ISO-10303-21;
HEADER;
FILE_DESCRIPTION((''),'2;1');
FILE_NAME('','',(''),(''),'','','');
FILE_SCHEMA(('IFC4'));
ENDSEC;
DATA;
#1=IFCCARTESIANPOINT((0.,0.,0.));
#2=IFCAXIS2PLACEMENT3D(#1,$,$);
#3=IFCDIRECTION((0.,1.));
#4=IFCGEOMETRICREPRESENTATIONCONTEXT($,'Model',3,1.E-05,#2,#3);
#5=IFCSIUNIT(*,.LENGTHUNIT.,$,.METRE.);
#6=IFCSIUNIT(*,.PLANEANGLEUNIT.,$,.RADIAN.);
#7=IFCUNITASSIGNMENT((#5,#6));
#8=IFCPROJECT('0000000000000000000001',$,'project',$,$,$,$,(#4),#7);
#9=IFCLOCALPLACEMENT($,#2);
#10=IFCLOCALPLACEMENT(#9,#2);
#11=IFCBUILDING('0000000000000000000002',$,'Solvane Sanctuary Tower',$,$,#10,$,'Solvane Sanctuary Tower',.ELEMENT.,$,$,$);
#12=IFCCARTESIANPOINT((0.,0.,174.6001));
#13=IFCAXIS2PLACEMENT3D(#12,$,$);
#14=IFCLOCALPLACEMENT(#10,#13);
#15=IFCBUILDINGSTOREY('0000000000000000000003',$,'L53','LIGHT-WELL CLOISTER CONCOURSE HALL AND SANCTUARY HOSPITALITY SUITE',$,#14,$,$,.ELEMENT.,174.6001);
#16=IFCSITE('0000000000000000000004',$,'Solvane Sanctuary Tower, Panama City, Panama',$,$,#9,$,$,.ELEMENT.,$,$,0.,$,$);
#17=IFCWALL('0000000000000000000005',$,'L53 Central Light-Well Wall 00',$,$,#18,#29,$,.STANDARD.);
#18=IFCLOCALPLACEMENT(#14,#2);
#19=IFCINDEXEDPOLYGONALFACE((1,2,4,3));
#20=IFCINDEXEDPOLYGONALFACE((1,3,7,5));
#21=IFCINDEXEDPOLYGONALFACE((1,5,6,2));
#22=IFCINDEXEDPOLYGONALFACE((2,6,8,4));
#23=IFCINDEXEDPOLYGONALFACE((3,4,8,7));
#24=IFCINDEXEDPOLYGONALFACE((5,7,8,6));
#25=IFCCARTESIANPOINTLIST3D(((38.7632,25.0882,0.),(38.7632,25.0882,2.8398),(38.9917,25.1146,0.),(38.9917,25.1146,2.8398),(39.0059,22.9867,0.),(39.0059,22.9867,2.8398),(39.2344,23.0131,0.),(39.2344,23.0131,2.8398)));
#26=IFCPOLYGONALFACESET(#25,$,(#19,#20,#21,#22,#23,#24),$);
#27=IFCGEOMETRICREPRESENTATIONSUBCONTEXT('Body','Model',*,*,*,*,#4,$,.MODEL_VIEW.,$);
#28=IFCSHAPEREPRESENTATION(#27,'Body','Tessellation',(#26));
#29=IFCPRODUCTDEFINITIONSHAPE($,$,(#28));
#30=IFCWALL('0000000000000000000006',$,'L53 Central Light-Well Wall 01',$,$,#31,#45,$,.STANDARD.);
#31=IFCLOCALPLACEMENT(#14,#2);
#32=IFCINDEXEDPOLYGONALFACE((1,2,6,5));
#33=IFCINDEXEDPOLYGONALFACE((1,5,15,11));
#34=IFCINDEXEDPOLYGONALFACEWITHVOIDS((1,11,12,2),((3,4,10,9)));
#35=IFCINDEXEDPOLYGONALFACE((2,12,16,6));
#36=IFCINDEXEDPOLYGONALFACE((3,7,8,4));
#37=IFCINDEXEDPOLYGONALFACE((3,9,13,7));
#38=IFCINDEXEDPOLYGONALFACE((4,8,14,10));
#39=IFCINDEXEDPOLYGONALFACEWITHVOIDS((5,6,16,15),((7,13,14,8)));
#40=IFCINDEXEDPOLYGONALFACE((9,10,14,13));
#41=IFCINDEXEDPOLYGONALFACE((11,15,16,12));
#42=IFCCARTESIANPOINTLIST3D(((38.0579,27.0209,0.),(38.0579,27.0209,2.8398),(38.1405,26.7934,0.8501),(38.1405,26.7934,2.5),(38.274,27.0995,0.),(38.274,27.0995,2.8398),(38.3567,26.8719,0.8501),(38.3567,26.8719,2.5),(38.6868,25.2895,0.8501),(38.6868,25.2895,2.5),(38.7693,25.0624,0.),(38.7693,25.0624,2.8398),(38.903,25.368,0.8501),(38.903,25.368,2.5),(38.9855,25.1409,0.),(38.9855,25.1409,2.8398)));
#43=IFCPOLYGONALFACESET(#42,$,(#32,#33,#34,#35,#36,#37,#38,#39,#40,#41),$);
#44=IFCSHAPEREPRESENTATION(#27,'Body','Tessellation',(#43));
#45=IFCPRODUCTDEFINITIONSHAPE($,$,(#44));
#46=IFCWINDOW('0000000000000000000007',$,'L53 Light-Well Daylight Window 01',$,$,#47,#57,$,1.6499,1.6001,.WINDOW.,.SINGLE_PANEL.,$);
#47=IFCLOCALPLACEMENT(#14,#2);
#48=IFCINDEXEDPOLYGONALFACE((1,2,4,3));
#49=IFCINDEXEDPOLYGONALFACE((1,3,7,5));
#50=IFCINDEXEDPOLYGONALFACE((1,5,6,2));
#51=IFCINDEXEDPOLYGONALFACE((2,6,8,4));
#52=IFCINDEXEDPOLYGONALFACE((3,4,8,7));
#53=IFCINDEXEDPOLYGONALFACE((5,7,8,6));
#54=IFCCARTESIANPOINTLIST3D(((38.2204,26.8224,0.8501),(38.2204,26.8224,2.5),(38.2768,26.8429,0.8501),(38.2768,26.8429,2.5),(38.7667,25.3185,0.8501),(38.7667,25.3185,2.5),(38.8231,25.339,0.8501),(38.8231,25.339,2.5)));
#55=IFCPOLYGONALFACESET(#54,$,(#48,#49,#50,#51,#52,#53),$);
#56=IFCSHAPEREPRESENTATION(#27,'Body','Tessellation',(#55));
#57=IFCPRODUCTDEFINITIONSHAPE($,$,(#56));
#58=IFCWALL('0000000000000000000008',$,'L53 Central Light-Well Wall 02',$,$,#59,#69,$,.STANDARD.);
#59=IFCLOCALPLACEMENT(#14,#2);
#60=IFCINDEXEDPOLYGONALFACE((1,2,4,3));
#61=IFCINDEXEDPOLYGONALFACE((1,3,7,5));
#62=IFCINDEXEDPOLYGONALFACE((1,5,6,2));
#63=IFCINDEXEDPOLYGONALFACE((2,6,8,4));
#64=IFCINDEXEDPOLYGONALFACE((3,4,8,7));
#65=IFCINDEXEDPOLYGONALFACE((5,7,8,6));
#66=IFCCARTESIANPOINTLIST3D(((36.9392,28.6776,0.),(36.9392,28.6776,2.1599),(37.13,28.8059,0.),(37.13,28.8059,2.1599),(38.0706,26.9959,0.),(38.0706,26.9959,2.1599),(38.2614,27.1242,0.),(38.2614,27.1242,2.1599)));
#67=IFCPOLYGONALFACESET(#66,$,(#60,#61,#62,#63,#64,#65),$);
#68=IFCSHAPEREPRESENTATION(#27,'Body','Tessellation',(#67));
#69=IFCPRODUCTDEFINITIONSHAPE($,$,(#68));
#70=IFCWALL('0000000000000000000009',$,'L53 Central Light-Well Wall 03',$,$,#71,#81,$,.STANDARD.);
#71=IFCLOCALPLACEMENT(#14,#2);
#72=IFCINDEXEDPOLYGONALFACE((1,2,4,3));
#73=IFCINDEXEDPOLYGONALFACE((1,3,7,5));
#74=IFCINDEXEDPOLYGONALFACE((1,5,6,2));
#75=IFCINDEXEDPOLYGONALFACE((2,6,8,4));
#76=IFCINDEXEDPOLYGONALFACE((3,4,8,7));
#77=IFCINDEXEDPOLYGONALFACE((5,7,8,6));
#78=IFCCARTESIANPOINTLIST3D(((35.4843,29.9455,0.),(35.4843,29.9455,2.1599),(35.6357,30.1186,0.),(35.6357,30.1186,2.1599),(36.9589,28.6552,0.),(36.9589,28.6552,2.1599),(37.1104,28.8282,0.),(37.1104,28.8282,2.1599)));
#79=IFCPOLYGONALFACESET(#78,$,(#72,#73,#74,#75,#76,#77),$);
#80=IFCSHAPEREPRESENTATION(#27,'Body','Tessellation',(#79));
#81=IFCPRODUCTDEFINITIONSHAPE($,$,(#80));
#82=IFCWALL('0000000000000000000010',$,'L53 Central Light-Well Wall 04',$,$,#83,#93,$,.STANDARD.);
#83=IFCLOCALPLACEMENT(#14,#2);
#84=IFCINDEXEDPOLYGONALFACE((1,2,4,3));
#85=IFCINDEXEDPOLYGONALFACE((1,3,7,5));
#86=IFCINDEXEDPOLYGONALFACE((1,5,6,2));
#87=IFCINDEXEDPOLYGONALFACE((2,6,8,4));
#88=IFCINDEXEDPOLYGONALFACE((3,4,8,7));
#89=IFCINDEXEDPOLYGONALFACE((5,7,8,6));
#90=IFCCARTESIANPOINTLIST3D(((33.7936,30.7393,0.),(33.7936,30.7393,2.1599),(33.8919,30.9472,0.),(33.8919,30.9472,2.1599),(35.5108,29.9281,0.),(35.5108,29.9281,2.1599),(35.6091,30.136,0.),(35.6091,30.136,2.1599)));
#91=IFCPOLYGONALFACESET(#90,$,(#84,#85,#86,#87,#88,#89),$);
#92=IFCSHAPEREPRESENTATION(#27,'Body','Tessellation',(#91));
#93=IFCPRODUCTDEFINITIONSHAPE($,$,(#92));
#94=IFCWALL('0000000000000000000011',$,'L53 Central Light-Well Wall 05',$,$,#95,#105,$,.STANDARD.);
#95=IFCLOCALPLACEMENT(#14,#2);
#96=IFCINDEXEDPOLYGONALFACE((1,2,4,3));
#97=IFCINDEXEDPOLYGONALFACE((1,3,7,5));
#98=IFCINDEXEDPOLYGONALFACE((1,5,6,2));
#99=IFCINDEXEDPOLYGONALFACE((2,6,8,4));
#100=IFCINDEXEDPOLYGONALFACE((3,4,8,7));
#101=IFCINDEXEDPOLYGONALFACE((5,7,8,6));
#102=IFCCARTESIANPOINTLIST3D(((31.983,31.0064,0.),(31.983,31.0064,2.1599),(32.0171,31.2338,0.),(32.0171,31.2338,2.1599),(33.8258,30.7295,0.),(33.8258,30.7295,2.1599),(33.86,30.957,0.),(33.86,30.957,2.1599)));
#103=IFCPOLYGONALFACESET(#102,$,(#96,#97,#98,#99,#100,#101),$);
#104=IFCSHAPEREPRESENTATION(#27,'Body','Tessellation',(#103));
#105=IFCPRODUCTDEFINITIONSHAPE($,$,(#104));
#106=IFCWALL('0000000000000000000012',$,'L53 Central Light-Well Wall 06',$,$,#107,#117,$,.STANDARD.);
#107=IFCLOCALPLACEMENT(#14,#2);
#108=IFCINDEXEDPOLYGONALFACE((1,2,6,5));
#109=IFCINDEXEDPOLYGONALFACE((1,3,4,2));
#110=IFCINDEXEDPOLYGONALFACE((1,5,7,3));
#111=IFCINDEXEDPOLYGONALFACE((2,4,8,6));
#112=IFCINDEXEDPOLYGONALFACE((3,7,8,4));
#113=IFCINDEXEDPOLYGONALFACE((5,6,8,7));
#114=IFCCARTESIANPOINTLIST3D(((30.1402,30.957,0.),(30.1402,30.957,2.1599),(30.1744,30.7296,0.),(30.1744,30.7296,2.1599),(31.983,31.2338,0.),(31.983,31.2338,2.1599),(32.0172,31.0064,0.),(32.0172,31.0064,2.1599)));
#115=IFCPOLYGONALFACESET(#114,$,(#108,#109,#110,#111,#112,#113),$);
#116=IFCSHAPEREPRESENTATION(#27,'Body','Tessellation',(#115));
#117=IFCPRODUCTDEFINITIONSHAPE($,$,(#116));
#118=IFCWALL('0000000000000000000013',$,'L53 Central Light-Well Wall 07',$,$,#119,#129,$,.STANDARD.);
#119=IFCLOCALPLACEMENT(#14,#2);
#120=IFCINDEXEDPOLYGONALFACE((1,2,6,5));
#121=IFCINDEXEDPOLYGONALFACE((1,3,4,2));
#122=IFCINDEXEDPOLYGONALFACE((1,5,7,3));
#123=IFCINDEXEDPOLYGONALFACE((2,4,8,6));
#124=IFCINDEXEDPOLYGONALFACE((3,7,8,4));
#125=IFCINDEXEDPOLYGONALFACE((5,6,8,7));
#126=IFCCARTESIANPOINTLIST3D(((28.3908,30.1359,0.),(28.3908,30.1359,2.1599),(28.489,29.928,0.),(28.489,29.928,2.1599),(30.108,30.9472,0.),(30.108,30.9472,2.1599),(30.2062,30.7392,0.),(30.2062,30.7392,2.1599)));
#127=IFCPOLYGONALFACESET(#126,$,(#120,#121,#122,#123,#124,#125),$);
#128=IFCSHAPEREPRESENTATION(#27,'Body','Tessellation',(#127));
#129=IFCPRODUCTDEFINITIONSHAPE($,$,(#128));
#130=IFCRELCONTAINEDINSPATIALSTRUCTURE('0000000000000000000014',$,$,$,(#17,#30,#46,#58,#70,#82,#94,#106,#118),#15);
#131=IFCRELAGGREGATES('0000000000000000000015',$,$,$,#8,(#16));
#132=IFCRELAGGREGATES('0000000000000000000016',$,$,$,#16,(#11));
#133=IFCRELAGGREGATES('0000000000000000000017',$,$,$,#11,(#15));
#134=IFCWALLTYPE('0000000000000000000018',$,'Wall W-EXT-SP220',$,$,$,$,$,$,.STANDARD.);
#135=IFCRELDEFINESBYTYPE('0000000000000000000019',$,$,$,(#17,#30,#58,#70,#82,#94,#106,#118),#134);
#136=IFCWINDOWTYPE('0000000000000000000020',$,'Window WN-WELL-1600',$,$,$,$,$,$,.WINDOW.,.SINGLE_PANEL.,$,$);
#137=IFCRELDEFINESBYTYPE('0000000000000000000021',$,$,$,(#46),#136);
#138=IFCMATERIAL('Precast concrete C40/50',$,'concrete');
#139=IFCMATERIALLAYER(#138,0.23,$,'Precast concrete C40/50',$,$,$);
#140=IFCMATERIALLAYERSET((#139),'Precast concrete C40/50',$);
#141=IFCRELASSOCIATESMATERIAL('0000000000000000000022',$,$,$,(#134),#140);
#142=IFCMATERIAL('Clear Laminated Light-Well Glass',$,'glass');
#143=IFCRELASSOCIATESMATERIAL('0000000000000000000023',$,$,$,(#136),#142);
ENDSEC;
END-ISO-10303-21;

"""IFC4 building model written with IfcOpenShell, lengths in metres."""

from ifc_helpers import new_model, si_unit, direction, frame, frame_2d, origin, place, context, subcontext, project, spatial, rectangle, extrude, material, layer, layer_set, type_object, element, fill, save


model = new_model("IFC4")

# Units and contexts
model_context = context("Model", 3, precision=1e-05, world=origin(), true_north=direction((0.0, 1.0)))
body_context = subcontext(model_context, "Body", "Model", "MODEL_VIEW")
ifc_project = project(units=[si_unit("LENGTHUNIT", "METRE"), si_unit("PLANEANGLEUNIT", "RADIAN")], contexts=[model_context])

# Site, building, storey
site_placement = place(None, origin())
site = spatial("IfcSite", under=ifc_project, at=site_placement, Name="Solvane Sanctuary Tower, Panama City, Panama", CompositionType="ELEMENT", RefElevation=0.0)
building_placement = place(site_placement, origin())
building = spatial("IfcBuilding", under=site, at=building_placement, Name="Solvane Sanctuary Tower", LongName="Solvane Sanctuary Tower", CompositionType="ELEMENT")
storey_placement = place(building_placement, frame((0.0, 0.0, 174.6001)))
storey = spatial("IfcBuildingStorey", under=building, at=storey_placement, Name="L53", Description="LIGHT-WELL CLOISTER CONCOURSE HALL AND SANCTUARY HOSPITALITY SUITE", CompositionType="ELEMENT", Elevation=174.6001)

# Wall
ifc_material_1 = material(Name="Precast concrete C40/50", Category="concrete")
ifc_layer = layer(ifc_material_1, 0.23, Name="Precast concrete C40/50")
ifc_layer_set = layer_set([ifc_layer], Name="Precast concrete C40/50")
wall_type = type_object("IfcWallType", Name="Wall W-EXT-SP220", PredefinedType="STANDARD", material=ifc_layer_set)
wall_1_placement = place(storey_placement, frame((39.1201, 23.0, 0.0), z_axis=(0.0, 0.0, 1.0), x_axis=(-0.114712, 0.993399, 0.0)))
element("IfcWall", 1, at=wall_1_placement, inside=storey, type_object=wall_type, Name="L53 Central Light-Well Wall 00", PredefinedType="STANDARD", context=body_context, shape_type="SweptSolid", body=[
    extrude(rectangle(XDim=2.1155, YDim=0.23, at=frame_2d((1.0576, 0.0))), origin(), (0.0, 0.0, 1.0), 2.8398),
])

# Wall, opening, window
wall_2_placement = place(storey_placement, frame((38.8774, 25.1016, 0.0), z_axis=(0.0, 0.0, 1.0), x_axis=(-0.341423, 0.93991, 0.0)))
wall_2 = element("IfcWall", 2, at=wall_2_placement, inside=storey, type_object=wall_type, Name="L53 Central Light-Well Wall 01", PredefinedType="STANDARD", context=body_context, shape_type="SweptSolid", body=[
    extrude(rectangle(XDim=2.0837, YDim=0.23, at=frame_2d((1.042, 0.0))), origin(), (0.0, 0.0, 1.0), 2.8398),
])
opening_placement = place(wall_2_placement, frame((0.2417, 0.0, 0.8501)))
opening = element("IfcOpeningElement", 3, at=opening_placement, cuts=wall_2, PredefinedType="OPENING", context=body_context, shape_type="SweptSolid", body=[
    extrude(rectangle(XDim=1.6001, YDim=1.6499, at=frame_2d((0.8, 0.825))), frame((0.0, 0.125, 0.0), z_axis=(0.0, -1.0, 0.0), x_axis=(1.0, 0.0, 0.0)), (0.0, 0.0, 1.0), 0.25),
])
ifc_material_2 = material(Name="Clear Laminated Light-Well Glass", Category="glass")
window_type = type_object("IfcWindowType", Name="Window WN-WELL-1600", PartitioningType="SINGLE_PANEL", PredefinedType="WINDOW", material=ifc_material_2)
window_placement = place(opening_placement, origin())
window = element("IfcWindow", 4, at=window_placement, inside=storey, type_object=window_type, Name="L53 Light-Well Daylight Window 01", OverallHeight=1.6499, OverallWidth=1.6001, PartitioningType="SINGLE_PANEL", PredefinedType="WINDOW", context=body_context, shape_type="SweptSolid", body=[
    extrude(rectangle(XDim=1.6001, YDim=1.6499, at=frame_2d((0.8, 0.825))), frame((0.0, 0.03, 0.0), z_axis=(0.0, -1.0, 0.0), x_axis=(1.0, 0.0, 0.0)), (0.0, 0.0, 1.0), 0.0601),
])
fill(opening, window)

# Walls
wall_3_placement = place(storey_placement, frame((38.166, 27.0601, 0.0), z_axis=(0.0, 0.0, 1.0), x_axis=(-0.558198, 0.829708, 0.0)))
element("IfcWall", 5, at=wall_3_placement, inside=storey, type_object=wall_type, Name="L53 Central Light-Well Wall 02", PredefinedType="STANDARD", context=body_context, shape_type="SweptSolid", body=[
    extrude(rectangle(XDim=2.0269, YDim=0.23, at=frame_2d((1.0134, 0.0))), origin(), (0.0, 0.0, 1.0), 2.1599),
])
wall_4_placement = place(storey_placement, frame((37.0347, 28.7417, 0.0), z_axis=(0.0, 0.0, 1.0), x_axis=(-0.752577, 0.658505, 0.0)))
element("IfcWall", 6, at=wall_4_placement, inside=storey, type_object=wall_type, Name="L53 Central Light-Well Wall 03", PredefinedType="STANDARD", context=body_context, shape_type="SweptSolid", body=[
    extrude(rectangle(XDim=1.9595, YDim=0.23, at=frame_2d((0.9797, 0.0))), origin(), (0.0, 0.0, 1.0), 2.1599),
])
wall_5_placement = place(storey_placement, frame((35.5601, 30.032, 0.0), z_axis=(0.0, 0.0, 1.0), x_axis=(-0.90418, 0.427152, 0.0)))
element("IfcWall", 7, at=wall_5_placement, inside=storey, type_object=wall_type, Name="L53 Central Light-Well Wall 04", PredefinedType="STANDARD", context=body_context, shape_type="SweptSolid", body=[
    extrude(rectangle(XDim=1.8992, YDim=0.23, at=frame_2d((0.9497, 0.0))), origin(), (0.0, 0.0, 1.0), 2.1599),
])
for number, where, z_axis, x_axis, name in (
    (8, (33.8428, 30.8433, 0.0), (0.0, 0.0, 1.0), (-0.988902, 0.148571, 0.0), "L53 Central Light-Well Wall 05"),
    (9, (32.0, 31.1201, 0.0), (0.0, 0.0, 1.0), (-0.988902, -0.148571, 0.0), "L53 Central Light-Well Wall 06"),
):
    element("IfcWall", number, at=place(storey_placement, frame(where, z_axis=z_axis, x_axis=x_axis)), inside=storey, type_object=wall_type, Name=name, PredefinedType="STANDARD", context=body_context, shape_type="SweptSolid", body=[
        extrude(rectangle(XDim=1.8635, YDim=0.23, at=frame_2d((0.9316, 0.0))), origin(), (0.0, 0.0, 1.0), 2.1599),
    ])
wall_6_placement = place(storey_placement, frame((30.1572, 30.8433, 0.0), z_axis=(0.0, 0.0, 1.0), x_axis=(-0.90418, -0.427152, 0.0)))
element("IfcWall", 10, at=wall_6_placement, inside=storey, type_object=wall_type, Name="L53 Central Light-Well Wall 07", PredefinedType="STANDARD", context=body_context, shape_type="SweptSolid", body=[
    extrude(rectangle(XDim=1.8992, YDim=0.23, at=frame_2d((0.9497, 0.0))), origin(), (0.0, 0.0, 1.0), 2.1599),
])

save(model, "model.ifc")
